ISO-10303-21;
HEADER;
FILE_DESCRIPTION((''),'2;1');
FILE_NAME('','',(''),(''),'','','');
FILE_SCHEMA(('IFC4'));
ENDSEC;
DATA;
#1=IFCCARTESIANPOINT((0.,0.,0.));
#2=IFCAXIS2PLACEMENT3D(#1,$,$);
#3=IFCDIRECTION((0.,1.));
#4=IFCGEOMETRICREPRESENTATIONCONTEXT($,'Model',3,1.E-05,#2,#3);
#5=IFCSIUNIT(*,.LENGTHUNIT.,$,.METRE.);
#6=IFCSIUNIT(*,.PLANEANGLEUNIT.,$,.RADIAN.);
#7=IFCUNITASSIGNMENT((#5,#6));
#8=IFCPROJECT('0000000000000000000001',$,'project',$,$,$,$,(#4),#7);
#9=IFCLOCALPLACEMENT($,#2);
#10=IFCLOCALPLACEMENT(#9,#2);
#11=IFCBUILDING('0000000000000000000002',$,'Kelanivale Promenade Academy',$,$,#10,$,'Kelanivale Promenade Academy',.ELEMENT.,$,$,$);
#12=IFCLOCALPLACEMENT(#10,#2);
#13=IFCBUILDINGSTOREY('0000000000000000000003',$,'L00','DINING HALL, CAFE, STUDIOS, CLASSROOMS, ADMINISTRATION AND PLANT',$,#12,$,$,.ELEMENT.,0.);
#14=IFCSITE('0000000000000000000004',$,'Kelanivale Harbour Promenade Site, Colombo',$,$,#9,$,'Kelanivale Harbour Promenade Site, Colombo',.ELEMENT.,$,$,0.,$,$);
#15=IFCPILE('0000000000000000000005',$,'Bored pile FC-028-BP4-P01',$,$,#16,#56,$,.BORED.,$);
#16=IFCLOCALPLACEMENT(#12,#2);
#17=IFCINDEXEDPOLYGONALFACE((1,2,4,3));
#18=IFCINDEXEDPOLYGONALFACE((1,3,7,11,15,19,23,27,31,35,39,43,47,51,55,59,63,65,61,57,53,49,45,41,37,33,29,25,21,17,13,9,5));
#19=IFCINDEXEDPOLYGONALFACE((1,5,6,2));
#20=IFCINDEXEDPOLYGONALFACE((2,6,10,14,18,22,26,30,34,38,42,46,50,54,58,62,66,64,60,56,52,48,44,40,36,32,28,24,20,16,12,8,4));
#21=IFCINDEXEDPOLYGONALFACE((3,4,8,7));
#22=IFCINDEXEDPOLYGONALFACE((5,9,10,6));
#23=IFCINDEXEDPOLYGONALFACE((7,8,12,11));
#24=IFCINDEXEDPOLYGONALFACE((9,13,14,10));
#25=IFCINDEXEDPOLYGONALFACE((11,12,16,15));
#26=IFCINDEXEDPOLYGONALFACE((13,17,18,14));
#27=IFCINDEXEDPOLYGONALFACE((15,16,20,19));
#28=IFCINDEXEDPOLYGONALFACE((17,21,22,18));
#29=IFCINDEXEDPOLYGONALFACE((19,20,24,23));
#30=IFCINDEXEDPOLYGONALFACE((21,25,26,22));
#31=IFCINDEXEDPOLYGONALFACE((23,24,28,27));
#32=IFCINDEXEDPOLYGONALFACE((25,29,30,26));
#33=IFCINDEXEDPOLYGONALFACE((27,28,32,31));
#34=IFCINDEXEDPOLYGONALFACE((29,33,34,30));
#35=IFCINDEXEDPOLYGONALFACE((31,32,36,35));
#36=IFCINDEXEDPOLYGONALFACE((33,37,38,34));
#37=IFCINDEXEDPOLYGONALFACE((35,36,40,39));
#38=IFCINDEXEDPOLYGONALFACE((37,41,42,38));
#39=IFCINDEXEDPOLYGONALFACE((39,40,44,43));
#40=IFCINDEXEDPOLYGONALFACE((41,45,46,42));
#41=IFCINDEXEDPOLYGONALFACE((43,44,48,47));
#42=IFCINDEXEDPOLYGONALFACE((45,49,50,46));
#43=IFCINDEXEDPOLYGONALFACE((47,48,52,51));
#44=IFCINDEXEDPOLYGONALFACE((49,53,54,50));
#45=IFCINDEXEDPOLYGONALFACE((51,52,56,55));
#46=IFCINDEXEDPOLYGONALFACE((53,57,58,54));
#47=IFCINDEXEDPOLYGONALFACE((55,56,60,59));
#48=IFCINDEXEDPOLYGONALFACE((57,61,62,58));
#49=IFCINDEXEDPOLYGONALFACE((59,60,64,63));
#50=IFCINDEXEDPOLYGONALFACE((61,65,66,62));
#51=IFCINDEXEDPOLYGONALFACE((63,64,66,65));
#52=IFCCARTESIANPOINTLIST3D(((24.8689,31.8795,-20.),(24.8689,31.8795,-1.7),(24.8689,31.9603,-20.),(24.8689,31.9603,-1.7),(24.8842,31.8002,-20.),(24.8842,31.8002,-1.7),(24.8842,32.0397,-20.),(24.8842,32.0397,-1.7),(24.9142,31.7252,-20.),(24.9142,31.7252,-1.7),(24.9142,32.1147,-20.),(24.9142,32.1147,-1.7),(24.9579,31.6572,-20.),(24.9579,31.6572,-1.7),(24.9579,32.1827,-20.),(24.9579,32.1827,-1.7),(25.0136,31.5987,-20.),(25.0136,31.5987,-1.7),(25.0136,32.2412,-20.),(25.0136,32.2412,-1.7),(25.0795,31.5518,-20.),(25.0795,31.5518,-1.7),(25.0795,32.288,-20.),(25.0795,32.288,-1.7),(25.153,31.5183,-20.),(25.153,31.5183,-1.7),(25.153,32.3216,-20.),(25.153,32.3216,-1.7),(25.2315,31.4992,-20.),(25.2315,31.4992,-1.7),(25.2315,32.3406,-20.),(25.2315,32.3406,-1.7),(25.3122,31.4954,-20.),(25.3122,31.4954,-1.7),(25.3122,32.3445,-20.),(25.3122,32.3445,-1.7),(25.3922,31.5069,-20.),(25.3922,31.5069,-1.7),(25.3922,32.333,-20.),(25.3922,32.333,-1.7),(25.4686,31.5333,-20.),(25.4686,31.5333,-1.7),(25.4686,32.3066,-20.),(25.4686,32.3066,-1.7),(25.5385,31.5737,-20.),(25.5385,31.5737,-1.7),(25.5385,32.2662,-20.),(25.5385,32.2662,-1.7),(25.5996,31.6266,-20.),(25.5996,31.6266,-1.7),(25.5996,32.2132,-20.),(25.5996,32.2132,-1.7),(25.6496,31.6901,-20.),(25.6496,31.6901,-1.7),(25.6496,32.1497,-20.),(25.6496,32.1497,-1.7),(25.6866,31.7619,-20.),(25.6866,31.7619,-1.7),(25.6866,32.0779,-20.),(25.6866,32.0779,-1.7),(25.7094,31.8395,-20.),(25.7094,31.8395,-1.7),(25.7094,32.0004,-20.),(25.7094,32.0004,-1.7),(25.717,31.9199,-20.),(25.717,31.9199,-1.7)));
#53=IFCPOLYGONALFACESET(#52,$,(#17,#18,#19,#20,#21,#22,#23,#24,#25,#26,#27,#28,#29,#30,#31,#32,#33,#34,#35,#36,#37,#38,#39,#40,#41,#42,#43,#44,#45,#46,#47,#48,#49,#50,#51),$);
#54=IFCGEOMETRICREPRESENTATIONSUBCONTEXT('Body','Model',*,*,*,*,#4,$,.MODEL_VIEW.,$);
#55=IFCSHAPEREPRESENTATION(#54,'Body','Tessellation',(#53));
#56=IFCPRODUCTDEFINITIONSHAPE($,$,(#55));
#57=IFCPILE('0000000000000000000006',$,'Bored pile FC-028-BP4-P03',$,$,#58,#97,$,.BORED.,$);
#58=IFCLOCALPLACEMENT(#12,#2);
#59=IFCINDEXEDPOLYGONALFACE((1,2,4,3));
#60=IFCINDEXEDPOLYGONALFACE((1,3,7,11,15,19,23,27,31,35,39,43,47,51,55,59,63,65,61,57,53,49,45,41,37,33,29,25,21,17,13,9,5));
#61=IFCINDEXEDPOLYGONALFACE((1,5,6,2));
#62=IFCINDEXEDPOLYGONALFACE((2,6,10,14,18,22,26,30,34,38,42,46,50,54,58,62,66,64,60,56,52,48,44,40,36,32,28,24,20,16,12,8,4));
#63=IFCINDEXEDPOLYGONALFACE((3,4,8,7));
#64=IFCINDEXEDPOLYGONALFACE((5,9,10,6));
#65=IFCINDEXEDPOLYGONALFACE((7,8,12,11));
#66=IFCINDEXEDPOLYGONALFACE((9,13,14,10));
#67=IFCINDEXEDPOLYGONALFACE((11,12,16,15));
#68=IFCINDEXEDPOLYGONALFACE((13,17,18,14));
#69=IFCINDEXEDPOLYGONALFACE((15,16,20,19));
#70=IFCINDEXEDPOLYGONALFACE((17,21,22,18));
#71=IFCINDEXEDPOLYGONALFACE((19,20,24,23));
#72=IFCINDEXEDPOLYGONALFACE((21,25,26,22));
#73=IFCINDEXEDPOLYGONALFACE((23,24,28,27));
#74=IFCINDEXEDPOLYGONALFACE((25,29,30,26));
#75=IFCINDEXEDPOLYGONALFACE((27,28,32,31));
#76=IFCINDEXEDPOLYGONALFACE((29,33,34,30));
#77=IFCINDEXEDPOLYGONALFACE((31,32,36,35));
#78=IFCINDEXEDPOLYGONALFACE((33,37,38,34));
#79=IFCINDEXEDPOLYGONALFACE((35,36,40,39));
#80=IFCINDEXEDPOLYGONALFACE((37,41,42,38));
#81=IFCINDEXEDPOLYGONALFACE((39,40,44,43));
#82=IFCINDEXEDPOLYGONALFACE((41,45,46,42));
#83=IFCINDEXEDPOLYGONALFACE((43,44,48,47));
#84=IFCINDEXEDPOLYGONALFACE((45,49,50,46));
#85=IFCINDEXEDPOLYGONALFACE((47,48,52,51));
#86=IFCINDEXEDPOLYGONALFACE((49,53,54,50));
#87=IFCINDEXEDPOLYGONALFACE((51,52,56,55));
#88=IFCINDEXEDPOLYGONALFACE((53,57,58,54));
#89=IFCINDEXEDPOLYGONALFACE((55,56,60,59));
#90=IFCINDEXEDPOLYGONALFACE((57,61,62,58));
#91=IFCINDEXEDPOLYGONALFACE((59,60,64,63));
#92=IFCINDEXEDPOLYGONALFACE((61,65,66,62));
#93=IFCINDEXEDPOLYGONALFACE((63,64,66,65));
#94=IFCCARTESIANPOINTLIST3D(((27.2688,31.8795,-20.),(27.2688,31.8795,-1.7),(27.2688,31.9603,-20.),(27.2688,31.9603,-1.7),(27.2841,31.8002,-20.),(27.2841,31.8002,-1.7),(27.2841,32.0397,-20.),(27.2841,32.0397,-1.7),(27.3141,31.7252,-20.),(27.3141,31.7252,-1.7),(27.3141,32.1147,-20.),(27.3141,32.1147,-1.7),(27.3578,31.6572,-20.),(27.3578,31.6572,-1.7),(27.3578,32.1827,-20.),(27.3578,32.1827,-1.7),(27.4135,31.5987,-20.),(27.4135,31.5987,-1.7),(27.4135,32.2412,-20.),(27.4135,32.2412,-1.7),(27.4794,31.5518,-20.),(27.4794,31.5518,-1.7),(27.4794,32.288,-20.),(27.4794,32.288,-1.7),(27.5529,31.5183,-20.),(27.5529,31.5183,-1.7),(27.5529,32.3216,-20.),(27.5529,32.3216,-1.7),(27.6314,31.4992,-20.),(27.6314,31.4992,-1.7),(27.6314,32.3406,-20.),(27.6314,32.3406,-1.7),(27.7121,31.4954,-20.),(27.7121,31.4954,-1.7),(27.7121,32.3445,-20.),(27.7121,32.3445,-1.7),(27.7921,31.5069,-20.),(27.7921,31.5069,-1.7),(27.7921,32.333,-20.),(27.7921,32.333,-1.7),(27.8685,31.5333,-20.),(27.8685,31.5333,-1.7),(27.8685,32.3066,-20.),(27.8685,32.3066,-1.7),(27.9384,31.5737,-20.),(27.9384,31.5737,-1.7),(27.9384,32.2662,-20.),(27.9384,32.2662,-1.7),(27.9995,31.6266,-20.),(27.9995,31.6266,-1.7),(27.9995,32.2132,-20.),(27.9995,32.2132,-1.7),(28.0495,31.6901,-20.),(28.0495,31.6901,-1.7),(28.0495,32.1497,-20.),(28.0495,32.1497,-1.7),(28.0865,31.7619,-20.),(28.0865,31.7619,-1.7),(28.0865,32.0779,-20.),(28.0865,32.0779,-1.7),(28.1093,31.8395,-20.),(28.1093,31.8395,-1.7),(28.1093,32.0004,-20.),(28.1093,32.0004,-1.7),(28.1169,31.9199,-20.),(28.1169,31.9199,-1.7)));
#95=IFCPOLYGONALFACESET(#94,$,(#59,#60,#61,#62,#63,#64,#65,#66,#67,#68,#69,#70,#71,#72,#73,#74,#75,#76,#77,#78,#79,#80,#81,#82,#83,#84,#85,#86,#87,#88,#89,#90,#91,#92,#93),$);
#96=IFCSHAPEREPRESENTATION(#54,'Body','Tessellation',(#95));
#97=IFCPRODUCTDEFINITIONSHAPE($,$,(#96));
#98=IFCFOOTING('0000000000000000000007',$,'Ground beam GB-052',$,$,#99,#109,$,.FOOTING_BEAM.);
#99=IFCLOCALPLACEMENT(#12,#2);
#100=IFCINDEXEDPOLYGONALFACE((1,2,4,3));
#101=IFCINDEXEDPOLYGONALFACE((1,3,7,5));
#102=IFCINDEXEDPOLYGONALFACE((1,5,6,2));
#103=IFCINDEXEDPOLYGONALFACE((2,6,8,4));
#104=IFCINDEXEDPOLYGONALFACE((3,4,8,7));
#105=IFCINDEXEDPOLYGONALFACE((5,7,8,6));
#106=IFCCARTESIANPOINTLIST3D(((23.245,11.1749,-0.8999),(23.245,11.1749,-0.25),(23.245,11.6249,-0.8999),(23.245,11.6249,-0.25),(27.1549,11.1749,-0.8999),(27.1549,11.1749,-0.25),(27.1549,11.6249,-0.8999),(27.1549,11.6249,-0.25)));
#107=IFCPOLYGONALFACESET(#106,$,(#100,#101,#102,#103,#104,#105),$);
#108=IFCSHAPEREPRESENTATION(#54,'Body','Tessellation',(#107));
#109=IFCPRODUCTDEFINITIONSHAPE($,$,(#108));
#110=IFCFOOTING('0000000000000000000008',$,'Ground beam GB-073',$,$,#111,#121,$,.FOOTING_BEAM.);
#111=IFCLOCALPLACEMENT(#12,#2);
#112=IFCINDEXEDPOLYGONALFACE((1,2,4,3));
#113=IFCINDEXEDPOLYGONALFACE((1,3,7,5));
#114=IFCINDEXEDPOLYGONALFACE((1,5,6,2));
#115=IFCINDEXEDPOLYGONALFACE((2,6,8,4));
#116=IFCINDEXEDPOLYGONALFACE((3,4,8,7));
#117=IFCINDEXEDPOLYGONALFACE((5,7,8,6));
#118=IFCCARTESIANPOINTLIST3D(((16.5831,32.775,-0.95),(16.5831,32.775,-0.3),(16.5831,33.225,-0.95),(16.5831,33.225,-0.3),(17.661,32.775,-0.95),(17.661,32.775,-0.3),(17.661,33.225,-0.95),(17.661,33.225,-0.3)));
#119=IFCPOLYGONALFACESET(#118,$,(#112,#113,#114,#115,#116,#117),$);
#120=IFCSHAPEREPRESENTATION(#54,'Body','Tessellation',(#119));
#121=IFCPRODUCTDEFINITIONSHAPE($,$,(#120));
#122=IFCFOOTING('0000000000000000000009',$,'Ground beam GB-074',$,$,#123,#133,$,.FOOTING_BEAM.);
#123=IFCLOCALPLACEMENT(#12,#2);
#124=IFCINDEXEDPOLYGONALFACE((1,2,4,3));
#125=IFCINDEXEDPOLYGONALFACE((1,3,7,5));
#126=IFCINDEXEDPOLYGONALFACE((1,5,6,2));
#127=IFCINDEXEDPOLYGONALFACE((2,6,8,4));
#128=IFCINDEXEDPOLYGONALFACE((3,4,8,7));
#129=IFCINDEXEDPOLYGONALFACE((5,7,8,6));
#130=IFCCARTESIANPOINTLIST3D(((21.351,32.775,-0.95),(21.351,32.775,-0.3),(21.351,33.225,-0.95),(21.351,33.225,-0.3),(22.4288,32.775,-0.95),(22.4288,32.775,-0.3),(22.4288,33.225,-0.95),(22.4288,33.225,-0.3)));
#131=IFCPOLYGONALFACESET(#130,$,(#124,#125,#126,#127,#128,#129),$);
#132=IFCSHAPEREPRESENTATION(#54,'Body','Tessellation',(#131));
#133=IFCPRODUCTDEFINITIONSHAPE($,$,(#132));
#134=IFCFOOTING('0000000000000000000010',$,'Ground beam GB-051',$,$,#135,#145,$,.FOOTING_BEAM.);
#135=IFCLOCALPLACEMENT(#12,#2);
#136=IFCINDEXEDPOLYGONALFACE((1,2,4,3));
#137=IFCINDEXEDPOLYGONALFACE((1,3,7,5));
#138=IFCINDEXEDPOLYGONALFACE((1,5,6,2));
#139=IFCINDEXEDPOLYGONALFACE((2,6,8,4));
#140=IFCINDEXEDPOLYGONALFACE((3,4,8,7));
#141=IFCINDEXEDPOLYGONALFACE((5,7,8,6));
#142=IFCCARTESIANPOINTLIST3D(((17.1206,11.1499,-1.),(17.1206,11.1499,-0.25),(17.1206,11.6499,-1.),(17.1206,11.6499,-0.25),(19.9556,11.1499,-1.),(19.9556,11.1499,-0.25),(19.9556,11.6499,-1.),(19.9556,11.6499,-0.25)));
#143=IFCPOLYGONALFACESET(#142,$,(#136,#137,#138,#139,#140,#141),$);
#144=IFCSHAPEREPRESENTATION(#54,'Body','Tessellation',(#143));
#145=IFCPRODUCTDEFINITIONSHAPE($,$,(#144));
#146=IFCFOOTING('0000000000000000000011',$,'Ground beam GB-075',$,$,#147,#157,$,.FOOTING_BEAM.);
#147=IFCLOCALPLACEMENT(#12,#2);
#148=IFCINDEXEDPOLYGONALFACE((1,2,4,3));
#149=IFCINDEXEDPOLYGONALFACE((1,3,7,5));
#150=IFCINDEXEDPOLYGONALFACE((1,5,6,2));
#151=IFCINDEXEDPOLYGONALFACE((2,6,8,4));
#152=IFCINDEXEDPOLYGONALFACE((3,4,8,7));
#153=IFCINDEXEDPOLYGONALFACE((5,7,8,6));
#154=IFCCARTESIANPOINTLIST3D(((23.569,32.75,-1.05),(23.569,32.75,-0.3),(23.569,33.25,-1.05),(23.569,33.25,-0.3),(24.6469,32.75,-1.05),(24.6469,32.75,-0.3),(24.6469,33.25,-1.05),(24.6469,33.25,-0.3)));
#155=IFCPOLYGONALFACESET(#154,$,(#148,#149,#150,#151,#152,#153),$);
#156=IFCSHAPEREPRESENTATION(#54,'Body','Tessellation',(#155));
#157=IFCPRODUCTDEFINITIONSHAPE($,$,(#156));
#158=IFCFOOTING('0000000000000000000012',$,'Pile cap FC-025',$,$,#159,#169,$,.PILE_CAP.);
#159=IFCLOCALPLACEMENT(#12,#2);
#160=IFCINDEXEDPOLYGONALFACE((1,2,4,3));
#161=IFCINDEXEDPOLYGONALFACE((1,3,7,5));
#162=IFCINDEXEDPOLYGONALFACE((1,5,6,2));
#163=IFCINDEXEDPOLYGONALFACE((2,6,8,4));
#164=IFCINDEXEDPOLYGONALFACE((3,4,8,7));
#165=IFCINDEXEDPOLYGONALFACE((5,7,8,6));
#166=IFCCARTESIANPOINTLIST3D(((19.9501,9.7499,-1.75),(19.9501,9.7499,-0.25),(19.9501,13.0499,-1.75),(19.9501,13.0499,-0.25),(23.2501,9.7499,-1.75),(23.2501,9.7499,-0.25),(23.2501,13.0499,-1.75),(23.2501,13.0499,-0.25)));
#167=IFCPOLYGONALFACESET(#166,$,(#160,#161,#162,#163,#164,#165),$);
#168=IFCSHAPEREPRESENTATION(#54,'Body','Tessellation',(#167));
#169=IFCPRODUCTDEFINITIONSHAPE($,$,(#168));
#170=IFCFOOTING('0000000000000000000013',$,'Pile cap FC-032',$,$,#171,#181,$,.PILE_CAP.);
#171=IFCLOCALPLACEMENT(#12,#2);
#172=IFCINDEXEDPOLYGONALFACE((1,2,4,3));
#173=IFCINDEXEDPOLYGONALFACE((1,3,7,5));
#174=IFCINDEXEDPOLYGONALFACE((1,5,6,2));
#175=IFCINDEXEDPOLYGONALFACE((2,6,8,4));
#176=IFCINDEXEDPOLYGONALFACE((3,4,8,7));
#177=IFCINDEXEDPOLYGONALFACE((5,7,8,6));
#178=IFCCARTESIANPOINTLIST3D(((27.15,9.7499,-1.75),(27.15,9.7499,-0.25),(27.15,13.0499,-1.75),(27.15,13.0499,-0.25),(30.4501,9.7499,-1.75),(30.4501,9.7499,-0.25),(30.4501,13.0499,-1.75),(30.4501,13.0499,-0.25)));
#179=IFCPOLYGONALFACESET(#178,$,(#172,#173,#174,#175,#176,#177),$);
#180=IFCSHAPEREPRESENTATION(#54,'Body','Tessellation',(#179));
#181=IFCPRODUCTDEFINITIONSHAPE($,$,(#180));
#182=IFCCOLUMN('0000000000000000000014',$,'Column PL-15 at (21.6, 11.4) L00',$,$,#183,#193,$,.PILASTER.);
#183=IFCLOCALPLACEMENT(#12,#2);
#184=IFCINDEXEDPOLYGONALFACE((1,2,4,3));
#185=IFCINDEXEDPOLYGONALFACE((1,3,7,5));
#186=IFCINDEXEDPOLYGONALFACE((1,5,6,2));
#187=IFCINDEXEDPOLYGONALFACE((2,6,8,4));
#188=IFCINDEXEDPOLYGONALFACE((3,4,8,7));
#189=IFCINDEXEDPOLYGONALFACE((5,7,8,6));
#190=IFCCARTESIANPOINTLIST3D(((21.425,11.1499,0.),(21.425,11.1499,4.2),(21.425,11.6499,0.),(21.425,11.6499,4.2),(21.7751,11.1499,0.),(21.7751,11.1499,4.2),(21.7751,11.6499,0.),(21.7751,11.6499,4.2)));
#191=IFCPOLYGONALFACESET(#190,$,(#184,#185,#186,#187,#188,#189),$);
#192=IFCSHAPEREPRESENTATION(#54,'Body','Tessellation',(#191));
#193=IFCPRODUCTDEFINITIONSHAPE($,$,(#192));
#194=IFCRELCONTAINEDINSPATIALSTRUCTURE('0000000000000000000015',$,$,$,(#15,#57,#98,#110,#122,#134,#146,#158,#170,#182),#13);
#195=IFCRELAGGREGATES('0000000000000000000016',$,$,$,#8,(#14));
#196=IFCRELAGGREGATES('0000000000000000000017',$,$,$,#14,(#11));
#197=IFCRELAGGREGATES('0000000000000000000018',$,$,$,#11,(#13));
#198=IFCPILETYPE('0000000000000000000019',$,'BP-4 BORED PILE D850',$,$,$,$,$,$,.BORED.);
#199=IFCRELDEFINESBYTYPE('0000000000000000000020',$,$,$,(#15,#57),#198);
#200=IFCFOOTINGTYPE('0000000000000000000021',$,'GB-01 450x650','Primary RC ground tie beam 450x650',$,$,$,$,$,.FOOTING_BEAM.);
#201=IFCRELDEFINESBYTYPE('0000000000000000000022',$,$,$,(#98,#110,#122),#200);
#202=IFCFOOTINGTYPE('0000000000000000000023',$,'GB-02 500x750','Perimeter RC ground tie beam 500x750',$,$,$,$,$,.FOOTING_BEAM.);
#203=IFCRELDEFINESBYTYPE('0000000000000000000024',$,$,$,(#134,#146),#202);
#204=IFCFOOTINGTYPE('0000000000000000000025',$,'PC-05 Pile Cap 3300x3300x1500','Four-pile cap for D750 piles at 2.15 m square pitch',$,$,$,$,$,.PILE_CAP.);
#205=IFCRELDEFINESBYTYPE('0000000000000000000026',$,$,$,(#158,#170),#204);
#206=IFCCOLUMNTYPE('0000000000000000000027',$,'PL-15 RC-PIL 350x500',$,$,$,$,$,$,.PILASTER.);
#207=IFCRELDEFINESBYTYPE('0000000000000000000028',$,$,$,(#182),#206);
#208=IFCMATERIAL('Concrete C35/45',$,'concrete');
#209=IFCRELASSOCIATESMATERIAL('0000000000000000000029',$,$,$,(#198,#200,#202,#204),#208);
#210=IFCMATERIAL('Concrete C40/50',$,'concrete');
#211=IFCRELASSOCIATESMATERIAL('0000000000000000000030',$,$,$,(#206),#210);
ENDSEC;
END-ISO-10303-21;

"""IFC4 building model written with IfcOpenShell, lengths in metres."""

from ifc_helpers import new_model, si_unit, direction, frame, origin, origin_2d, place, context, subcontext, project, spatial, rectangle, circle, extrude, material, material_profile, profile_set, type_object, element, save


model = new_model("IFC4")

# Units and contexts
model_context = context("Model", 3, precision=1e-05, world=origin(), true_north=direction((0.0, 1.0)))
body_context = subcontext(model_context, "Body", "Model", "MODEL_VIEW")
ifc_project = project(units=[si_unit("LENGTHUNIT", "METRE"), si_unit("PLANEANGLEUNIT", "RADIAN")], contexts=[model_context])

# Site, building, storey
site_placement = place(None, origin())
site = spatial("IfcSite", under=ifc_project, at=site_placement, Name="Kelanivale Harbour Promenade Site, Colombo", LongName="Kelanivale Harbour Promenade Site, Colombo", CompositionType="ELEMENT", RefElevation=0.0)
building_placement = place(site_placement, origin())
building = spatial("IfcBuilding", under=site, at=building_placement, Name="Kelanivale Promenade Academy", LongName="Kelanivale Promenade Academy", CompositionType="ELEMENT")
storey_placement = place(building_placement, origin())
storey = spatial("IfcBuildingStorey", under=building, at=storey_placement, Name="L00", Description="DINING HALL, CAFE, STUDIOS, CLASSROOMS, ADMINISTRATION AND PLANT", CompositionType="ELEMENT", Elevation=0.0)

# Piles
ifc_material_1 = material(Name="Concrete C35/45", Category="concrete")
ifc_material_profile_1 = material_profile(ifc_material_1, circle(Radius=0.425, at=origin_2d()), Name="BORED PILE D850")
ifc_profile_set_1 = profile_set([ifc_material_profile_1], Name="Concrete C35/45")
pile_type_1 = type_object("IfcPileType", Name="BP-4 BORED PILE D850", PredefinedType="BORED", material=ifc_profile_set_1)
for number, where, z_axis, x_axis, name in (
    (1, (25.292, 31.9199, -1.7), (0.0, 0.0, -1.0), (1.0, 0.0, 0.0), "Bored pile FC-028-BP4-P01"),
    (2, (27.6919, 31.9199, -1.7), (0.0, 0.0, -1.0), (1.0, 0.0, 0.0), "Bored pile FC-028-BP4-P03"),
):
    element("IfcPile", number, at=place(storey_placement, frame(where, z_axis=z_axis, x_axis=x_axis)), inside=storey, type_object=pile_type_1, Name=name, PredefinedType="BORED", context=body_context, shape_type="SweptSolid", body=[
        extrude(circle(Radius=0.425, at=origin_2d()), origin(), (0.0, 0.0, 1.0), 18.3),
    ])

# Footings
footing_type_1 = type_object("IfcFootingType", Name="GB-01 450x650", Description="Primary RC ground tie beam 450x650", PredefinedType="FOOTING_BEAM", material=ifc_material_1)
footing_1_placement = place(storey_placement, frame((25.2, 11.3999, -0.8999), z_axis=(0.0, 0.0, 1.0), x_axis=(1.0, 0.0, 0.0)))
element("IfcFooting", 3, at=footing_1_placement, inside=storey, type_object=footing_type_1, Name="Ground beam GB-052", PredefinedType="FOOTING_BEAM", context=body_context, shape_type="SweptSolid", body=[
    extrude(rectangle(XDim=3.9099, YDim=0.45, at=origin_2d()), origin(), (0.0, 0.0, 1.0), 0.6499),
])
for number, where, z_axis, x_axis, name in (
    (4, (17.1221, 33.0, -0.95), (0.0, 0.0, 1.0), (1.0, 0.0, 0.0), "Ground beam GB-073"),
    (5, (21.8899, 33.0, -0.95), (0.0, 0.0, 1.0), (1.0, 0.0, 0.0), "Ground beam GB-074"),
):
    element("IfcFooting", number, at=place(storey_placement, frame(where, z_axis=z_axis, x_axis=x_axis)), inside=storey, type_object=footing_type_1, Name=name, PredefinedType="FOOTING_BEAM", context=body_context, shape_type="SweptSolid", body=[
        extrude(rectangle(XDim=1.0779, YDim=0.45, at=origin_2d()), origin(), (0.0, 0.0, 1.0), 0.6499),
    ])
footing_type_2 = type_object("IfcFootingType", Name="GB-02 500x750", Description="Perimeter RC ground tie beam 500x750", PredefinedType="FOOTING_BEAM", material=ifc_material_1)
footing_2_placement = place(storey_placement, frame((18.5381, 11.3999, -1.0), z_axis=(0.0, 0.0, 1.0), x_axis=(1.0, 0.0, 0.0)))
element("IfcFooting", 6, at=footing_2_placement, inside=storey, type_object=footing_type_2, Name="Ground beam GB-051", PredefinedType="FOOTING_BEAM", context=body_context, shape_type="SweptSolid", body=[
    extrude(rectangle(XDim=2.835, YDim=0.5, at=origin_2d()), origin(), (0.0, 0.0, 1.0), 0.75),
])
footing_3_placement = place(storey_placement, frame((24.1079, 33.0, -1.05), z_axis=(0.0, 0.0, 1.0), x_axis=(1.0, 0.0, 0.0)))
element("IfcFooting", 7, at=footing_3_placement, inside=storey, type_object=footing_type_2, Name="Ground beam GB-075", PredefinedType="FOOTING_BEAM", context=body_context, shape_type="SweptSolid", body=[
    extrude(rectangle(XDim=1.0779, YDim=0.5, at=origin_2d()), origin(), (0.0, 0.0, 1.0), 0.75),
])
footing_type_3 = type_object("IfcFootingType", Name="PC-05 Pile Cap 3300x3300x1500", Description="Four-pile cap for D750 piles at 2.15 m square pitch", PredefinedType="PILE_CAP", material=ifc_material_1)
for number, where, z_axis, x_axis, name in (
    (8, (21.6001, 11.3999, -1.75), (0.0, 0.0, 1.0), (1.0, 0.0, 0.0), "Pile cap FC-025"),
    (9, (28.8, 11.3999, -1.75), (0.0, 0.0, 1.0), (1.0, 0.0, 0.0), "Pile cap FC-032"),
):
    element("IfcFooting", number, at=place(storey_placement, frame(where, z_axis=z_axis, x_axis=x_axis)), inside=storey, type_object=footing_type_3, Name=name, PredefinedType="PILE_CAP", context=body_context, shape_type="SweptSolid", body=[
        extrude(rectangle(XDim=3.3, YDim=3.3, at=origin_2d()), origin(), (0.0, 0.0, 1.0), 1.5),
    ])

# Column
ifc_material_2 = material(Name="Concrete C40/50", Category="concrete")
ifc_material_profile_2 = material_profile(ifc_material_2, rectangle(XDim=0.3501, YDim=0.5, at=origin_2d()), Name="RC-PIL 350x500")
ifc_profile_set_2 = profile_set([ifc_material_profile_2], Name="Concrete C40/50")
column_type_1 = type_object("IfcColumnType", Name="PL-15 RC-PIL 350x500", PredefinedType="PILASTER", material=ifc_profile_set_2)
column_1_placement = place(storey_placement, frame((21.6001, 11.3999, 0.0), z_axis=(0.0, 0.0, 1.0), x_axis=(1.0, 0.0, 0.0)))
element("IfcColumn", 10, at=column_1_placement, inside=storey, type_object=column_type_1, Name="Column PL-15 at (21.6, 11.4) L00", PredefinedType="PILASTER", context=body_context, shape_type="SweptSolid", body=[
    extrude(rectangle(XDim=0.3501, YDim=0.5, at=origin_2d()), origin(), (0.0, 0.0, 1.0), 4.2),
])

save(model, "model.ifc")
